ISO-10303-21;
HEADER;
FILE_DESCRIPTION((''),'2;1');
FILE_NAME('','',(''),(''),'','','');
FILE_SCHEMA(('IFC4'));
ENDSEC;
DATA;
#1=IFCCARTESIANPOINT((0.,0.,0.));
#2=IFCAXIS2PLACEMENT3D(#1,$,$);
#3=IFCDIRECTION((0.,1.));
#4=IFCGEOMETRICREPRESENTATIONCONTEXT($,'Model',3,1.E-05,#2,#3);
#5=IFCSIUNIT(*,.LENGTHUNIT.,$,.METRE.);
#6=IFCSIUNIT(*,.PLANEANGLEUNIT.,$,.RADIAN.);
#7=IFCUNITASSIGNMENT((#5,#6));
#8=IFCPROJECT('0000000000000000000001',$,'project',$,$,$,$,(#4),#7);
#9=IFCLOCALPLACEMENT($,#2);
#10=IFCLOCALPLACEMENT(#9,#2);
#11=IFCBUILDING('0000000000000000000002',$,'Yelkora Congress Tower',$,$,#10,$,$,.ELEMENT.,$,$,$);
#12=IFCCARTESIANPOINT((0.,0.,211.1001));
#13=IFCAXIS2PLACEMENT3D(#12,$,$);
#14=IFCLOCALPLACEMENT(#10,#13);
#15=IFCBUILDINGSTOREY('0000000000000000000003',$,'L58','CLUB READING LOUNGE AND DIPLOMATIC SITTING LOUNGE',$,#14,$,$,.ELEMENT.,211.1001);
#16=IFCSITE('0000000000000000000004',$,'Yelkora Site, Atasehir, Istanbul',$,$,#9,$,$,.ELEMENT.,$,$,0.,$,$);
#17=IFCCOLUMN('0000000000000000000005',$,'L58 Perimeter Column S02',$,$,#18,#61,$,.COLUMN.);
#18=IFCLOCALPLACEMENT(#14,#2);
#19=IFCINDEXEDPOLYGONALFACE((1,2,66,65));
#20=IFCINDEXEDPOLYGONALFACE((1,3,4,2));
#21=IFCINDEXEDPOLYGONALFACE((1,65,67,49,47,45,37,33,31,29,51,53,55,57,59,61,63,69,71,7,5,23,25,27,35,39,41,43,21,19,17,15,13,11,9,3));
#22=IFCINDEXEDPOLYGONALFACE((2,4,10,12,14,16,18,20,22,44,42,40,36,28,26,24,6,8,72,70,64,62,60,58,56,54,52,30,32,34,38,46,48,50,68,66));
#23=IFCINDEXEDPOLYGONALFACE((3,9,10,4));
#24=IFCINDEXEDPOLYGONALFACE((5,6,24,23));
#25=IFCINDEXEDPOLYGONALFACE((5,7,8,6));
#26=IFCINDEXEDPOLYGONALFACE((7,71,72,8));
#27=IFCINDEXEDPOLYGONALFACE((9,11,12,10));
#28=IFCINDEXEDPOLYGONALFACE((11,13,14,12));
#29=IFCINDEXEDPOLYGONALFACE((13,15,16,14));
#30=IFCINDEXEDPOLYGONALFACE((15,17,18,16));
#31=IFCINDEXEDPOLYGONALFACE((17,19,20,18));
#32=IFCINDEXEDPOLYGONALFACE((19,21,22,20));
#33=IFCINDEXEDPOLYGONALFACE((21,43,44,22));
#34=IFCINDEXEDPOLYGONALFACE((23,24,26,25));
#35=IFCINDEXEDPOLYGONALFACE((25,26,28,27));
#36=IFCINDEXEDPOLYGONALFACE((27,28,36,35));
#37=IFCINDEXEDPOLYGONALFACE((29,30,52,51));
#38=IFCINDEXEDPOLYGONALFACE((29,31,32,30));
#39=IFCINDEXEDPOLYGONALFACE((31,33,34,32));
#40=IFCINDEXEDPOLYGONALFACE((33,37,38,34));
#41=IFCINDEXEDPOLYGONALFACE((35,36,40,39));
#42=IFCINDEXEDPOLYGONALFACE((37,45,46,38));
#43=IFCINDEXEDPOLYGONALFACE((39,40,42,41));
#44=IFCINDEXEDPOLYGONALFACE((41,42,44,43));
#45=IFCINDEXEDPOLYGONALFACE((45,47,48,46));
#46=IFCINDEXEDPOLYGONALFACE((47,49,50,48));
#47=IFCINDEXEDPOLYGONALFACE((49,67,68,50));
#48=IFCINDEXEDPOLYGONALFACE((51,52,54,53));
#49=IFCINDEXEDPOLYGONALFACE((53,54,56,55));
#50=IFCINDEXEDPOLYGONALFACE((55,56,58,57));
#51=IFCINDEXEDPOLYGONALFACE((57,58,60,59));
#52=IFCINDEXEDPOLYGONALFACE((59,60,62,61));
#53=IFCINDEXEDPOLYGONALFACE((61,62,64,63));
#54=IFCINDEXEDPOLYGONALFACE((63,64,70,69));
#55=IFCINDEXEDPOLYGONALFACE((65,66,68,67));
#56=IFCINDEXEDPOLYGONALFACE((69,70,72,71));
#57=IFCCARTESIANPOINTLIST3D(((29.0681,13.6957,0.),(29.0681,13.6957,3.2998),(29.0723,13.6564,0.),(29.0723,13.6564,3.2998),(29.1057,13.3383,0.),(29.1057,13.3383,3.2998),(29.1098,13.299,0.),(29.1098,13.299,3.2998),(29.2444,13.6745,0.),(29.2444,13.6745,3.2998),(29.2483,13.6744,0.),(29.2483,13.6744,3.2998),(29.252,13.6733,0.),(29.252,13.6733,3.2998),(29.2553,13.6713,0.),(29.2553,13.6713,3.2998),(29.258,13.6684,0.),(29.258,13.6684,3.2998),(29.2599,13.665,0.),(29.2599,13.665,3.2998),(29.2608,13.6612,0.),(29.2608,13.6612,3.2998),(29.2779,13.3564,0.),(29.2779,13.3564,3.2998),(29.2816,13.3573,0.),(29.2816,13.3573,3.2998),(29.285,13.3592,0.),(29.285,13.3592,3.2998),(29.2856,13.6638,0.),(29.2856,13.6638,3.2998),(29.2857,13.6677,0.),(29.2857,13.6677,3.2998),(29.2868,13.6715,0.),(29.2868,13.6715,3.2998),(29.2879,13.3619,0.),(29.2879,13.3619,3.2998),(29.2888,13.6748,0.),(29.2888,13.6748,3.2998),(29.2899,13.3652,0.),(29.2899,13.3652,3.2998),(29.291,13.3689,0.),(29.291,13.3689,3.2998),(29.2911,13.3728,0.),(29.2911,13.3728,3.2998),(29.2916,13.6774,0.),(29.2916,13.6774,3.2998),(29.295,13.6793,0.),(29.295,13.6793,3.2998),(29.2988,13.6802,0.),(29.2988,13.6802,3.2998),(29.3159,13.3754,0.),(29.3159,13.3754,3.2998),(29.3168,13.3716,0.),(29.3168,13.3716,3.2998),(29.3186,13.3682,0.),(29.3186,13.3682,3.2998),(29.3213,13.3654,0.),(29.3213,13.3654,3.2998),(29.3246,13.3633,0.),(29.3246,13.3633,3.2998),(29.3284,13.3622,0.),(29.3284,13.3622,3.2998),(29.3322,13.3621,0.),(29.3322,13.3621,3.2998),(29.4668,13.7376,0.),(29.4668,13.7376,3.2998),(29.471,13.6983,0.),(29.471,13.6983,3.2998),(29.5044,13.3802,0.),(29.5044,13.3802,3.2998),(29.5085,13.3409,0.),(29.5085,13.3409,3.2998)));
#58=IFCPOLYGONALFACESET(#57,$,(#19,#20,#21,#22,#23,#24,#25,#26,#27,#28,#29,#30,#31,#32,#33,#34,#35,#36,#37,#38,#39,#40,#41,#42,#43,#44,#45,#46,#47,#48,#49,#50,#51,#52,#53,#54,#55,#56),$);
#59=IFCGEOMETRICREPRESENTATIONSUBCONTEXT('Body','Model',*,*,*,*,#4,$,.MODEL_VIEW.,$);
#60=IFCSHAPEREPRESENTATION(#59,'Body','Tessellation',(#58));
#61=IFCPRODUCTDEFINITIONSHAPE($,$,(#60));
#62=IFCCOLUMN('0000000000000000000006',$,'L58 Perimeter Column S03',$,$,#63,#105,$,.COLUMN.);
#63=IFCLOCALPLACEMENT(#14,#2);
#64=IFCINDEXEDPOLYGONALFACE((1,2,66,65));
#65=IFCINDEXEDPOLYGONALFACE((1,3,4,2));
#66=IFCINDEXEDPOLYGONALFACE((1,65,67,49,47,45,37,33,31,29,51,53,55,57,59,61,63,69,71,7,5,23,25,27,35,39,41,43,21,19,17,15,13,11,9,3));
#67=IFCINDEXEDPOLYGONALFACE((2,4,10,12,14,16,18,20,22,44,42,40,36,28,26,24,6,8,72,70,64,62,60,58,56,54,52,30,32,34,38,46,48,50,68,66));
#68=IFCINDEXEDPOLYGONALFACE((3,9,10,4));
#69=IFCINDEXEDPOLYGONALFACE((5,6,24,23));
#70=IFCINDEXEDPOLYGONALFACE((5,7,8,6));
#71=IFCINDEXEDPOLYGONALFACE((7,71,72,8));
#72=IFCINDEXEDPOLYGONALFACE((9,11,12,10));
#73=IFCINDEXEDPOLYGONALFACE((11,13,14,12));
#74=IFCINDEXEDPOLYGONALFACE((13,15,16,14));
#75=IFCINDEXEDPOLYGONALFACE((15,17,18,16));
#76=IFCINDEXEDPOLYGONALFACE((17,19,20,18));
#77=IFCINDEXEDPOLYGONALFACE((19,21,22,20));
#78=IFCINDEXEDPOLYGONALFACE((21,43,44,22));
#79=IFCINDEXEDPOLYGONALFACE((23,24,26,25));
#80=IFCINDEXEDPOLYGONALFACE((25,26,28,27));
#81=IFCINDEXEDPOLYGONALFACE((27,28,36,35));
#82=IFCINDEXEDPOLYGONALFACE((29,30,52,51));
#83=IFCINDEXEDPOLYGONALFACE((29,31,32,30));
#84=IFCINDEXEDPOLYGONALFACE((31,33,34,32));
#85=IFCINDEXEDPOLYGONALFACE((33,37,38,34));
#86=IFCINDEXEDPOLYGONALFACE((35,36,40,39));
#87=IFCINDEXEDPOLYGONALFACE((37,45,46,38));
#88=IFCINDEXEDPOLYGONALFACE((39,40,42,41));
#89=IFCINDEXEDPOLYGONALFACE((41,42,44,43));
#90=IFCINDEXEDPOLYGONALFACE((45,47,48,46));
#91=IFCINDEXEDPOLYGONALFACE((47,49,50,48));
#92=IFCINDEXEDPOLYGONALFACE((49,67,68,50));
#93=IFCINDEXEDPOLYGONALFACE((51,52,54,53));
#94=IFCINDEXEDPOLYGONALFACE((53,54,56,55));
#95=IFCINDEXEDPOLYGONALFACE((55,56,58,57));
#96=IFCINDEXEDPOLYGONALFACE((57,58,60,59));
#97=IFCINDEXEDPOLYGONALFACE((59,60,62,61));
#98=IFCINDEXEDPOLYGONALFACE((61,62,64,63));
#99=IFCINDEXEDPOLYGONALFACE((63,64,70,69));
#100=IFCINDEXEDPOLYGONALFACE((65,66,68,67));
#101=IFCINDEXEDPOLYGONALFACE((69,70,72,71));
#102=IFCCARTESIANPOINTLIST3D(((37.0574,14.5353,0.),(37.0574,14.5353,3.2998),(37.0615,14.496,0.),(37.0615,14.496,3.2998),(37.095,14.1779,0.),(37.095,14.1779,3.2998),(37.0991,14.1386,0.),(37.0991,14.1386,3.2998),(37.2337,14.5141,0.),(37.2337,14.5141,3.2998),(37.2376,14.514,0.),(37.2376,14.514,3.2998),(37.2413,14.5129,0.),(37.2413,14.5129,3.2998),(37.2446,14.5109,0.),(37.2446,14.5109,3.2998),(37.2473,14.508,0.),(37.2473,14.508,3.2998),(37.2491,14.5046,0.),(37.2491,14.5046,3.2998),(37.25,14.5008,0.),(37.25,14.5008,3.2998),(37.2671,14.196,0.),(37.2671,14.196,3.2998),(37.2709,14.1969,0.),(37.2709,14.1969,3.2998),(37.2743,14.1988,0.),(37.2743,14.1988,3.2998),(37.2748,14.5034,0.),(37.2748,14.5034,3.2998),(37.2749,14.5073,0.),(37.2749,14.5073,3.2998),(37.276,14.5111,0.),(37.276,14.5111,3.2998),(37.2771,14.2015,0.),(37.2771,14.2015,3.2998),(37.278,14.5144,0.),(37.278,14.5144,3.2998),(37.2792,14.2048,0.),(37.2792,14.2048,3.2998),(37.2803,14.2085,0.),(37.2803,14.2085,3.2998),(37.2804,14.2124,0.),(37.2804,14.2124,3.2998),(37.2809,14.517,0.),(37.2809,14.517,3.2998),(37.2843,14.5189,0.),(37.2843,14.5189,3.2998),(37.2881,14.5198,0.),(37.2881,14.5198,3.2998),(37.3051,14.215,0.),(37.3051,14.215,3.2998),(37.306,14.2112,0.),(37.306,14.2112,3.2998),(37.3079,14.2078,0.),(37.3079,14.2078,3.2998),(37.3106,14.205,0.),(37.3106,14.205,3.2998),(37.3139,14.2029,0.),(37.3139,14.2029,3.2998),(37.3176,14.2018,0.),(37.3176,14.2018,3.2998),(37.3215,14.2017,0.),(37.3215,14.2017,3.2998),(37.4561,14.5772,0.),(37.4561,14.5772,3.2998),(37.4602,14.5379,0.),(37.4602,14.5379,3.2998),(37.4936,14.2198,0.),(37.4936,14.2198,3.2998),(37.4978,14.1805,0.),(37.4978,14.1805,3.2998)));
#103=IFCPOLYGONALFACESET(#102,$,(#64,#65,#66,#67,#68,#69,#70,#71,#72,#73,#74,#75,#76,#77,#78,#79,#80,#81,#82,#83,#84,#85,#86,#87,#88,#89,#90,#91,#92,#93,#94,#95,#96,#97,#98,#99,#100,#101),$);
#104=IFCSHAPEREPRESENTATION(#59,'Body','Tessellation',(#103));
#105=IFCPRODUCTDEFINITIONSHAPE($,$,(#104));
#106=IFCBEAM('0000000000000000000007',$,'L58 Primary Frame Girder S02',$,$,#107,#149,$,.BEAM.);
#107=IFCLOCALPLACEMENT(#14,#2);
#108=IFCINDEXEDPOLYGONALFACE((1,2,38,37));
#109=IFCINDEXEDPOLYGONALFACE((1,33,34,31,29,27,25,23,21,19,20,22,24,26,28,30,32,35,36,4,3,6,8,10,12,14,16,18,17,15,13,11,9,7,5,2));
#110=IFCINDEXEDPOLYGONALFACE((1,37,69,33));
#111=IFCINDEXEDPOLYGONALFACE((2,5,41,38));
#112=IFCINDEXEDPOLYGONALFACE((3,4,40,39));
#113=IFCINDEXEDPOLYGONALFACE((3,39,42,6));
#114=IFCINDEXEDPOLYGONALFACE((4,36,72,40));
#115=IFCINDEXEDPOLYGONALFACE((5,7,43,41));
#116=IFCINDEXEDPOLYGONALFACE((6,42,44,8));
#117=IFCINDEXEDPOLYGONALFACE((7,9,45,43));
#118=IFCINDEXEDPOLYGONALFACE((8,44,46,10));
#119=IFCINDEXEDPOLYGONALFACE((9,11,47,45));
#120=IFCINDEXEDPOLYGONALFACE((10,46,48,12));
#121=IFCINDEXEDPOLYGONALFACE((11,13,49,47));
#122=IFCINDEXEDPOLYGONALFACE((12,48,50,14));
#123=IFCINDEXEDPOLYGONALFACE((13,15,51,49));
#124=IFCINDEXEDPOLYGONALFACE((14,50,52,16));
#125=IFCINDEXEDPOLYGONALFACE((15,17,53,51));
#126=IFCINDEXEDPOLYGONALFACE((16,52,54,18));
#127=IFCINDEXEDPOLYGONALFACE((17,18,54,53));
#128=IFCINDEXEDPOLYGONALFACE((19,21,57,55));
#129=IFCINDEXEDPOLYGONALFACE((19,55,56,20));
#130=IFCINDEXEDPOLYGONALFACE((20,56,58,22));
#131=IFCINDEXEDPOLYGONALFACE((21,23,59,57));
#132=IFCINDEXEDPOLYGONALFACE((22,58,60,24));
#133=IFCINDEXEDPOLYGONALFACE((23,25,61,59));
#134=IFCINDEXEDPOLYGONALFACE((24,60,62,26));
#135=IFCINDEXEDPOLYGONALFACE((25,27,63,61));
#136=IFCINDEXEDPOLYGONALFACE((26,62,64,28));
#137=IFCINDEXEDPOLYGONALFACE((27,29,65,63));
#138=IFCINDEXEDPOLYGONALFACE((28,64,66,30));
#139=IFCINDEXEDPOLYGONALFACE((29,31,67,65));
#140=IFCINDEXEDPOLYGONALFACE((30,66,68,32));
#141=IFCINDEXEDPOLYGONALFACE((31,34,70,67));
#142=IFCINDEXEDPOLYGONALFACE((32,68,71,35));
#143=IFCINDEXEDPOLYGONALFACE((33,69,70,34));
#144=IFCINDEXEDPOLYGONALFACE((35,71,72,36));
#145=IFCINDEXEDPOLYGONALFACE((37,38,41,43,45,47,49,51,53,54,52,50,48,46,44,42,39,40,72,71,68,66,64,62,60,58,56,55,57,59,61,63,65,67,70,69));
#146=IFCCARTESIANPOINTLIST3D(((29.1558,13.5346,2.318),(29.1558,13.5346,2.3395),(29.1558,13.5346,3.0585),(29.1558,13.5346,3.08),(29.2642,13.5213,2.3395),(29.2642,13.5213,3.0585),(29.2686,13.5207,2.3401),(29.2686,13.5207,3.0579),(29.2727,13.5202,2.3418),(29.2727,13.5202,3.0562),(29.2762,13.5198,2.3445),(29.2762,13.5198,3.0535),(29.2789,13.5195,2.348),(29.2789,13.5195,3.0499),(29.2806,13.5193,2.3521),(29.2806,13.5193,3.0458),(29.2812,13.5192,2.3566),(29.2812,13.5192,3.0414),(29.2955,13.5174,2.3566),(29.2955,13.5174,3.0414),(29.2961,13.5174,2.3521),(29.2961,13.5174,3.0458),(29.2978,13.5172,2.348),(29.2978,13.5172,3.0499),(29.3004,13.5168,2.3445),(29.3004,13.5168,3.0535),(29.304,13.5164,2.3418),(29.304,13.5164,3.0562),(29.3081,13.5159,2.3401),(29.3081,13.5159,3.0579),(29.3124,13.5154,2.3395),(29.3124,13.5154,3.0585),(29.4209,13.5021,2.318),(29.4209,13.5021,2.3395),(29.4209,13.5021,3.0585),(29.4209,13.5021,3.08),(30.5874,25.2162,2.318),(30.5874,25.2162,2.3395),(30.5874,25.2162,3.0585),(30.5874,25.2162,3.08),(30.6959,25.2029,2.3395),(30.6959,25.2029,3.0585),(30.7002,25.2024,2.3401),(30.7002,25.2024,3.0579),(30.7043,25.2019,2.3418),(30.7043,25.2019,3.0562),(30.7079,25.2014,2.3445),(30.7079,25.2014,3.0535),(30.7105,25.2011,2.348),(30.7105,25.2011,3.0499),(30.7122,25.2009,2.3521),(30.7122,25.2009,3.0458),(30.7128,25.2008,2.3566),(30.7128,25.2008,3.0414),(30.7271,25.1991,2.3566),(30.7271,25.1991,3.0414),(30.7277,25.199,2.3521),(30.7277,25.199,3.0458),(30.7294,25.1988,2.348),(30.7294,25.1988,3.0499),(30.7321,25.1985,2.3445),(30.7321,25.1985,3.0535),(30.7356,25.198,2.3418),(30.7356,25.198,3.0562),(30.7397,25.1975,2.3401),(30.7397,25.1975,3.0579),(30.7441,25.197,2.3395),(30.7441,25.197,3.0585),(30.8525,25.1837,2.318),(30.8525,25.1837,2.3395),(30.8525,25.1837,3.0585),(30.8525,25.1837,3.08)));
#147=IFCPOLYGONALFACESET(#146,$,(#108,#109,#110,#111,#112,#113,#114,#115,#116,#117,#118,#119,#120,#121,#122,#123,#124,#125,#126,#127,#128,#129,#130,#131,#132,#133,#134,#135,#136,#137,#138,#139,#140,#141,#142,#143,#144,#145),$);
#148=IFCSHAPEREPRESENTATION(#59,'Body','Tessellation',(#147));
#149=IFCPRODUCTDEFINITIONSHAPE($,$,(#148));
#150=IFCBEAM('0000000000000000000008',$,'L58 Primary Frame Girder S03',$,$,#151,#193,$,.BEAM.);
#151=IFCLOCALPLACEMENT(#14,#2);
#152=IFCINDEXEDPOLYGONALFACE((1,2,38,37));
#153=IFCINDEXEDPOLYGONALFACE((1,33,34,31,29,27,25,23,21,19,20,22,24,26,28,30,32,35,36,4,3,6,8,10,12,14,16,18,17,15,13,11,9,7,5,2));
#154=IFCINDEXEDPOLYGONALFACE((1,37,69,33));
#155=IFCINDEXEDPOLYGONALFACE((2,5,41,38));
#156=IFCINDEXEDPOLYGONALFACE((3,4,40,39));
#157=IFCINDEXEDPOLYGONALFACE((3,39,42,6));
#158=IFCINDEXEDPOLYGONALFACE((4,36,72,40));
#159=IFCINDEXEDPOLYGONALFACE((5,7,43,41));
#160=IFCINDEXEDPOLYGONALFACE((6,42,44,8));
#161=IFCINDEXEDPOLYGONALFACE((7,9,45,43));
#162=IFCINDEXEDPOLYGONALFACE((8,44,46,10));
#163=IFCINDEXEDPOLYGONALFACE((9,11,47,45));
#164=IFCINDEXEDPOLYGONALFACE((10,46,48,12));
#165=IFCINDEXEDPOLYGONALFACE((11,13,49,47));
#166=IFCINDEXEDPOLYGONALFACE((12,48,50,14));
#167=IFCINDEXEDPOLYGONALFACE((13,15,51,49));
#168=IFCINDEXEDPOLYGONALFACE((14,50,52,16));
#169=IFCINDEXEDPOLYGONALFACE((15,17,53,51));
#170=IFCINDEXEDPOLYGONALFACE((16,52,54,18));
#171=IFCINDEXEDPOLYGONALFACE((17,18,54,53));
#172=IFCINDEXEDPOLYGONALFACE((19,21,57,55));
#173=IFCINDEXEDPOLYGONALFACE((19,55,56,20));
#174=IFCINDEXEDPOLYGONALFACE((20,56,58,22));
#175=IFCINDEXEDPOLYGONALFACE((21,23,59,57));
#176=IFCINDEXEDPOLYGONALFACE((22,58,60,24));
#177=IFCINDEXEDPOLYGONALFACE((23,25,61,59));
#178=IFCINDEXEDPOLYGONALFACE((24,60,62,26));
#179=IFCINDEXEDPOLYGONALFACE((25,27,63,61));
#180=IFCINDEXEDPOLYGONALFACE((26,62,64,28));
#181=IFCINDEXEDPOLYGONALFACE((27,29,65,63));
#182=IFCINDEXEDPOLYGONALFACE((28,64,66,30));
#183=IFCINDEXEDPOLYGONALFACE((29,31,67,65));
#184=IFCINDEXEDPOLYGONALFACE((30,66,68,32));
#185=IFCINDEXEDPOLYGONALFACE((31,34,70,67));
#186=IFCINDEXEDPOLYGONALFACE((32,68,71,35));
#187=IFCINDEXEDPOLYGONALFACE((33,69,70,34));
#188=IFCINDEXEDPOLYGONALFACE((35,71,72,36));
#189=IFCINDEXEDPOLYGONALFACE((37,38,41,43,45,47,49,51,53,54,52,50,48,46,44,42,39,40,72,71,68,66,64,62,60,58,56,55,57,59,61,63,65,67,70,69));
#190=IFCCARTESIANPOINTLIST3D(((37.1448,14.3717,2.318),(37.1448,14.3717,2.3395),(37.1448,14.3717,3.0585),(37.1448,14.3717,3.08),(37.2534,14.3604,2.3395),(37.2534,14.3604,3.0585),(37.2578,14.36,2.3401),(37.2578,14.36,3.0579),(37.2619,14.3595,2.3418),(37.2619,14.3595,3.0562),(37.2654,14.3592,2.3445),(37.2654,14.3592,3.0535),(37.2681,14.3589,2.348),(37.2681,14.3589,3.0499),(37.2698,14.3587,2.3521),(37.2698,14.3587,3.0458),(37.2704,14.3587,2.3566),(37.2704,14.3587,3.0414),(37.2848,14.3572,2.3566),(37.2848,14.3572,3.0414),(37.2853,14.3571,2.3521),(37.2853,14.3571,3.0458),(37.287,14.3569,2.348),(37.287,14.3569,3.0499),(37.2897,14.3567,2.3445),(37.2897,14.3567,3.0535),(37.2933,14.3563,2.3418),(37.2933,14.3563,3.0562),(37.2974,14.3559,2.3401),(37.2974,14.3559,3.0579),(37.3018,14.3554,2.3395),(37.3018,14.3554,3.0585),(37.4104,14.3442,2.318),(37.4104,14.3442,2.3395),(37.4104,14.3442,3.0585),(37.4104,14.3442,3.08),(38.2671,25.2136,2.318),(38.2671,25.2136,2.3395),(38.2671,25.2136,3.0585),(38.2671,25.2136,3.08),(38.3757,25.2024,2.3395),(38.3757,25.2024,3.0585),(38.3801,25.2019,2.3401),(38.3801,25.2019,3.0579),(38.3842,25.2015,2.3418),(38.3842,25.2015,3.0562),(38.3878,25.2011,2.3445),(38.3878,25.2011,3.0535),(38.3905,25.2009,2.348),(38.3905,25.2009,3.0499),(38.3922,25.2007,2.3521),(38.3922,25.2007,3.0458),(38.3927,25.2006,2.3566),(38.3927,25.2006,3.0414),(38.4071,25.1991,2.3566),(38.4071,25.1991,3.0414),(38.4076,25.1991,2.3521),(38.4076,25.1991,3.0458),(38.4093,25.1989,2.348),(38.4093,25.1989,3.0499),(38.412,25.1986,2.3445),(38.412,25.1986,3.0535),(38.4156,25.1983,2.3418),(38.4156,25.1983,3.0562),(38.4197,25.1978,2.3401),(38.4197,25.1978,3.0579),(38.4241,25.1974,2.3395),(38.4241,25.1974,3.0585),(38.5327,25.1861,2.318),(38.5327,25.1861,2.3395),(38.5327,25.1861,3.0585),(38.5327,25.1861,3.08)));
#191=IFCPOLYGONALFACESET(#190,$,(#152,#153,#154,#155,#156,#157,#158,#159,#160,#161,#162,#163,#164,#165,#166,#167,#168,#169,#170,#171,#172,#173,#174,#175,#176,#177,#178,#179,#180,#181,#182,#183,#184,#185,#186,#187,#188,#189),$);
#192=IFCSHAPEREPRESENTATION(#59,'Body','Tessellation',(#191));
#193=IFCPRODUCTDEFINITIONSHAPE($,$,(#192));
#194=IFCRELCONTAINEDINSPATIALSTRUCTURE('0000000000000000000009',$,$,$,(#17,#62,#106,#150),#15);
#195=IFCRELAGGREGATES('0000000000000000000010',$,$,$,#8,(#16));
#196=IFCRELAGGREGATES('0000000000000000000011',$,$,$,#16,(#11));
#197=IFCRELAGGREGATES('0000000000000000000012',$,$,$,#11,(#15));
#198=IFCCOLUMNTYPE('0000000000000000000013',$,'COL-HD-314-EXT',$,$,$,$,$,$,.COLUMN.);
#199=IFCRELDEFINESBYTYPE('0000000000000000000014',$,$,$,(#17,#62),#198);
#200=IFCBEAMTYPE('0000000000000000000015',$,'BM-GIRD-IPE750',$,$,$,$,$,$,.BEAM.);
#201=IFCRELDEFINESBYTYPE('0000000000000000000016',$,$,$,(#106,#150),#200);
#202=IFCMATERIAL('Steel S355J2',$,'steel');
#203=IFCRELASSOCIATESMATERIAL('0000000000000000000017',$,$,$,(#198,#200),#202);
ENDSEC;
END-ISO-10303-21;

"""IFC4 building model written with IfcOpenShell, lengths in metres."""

from ifc_helpers import new_model, si_unit, direction, frame, origin, origin_2d, place, context, subcontext, project, spatial, i_section, extrude, material, material_profile, profile_set, type_object, element, save


model = new_model("IFC4")

# Units and contexts
model_context = context("Model", 3, precision=1e-05, world=origin(), true_north=direction((0.0, 1.0)))
body_context = subcontext(model_context, "Body", "Model", "MODEL_VIEW")
ifc_project = project(units=[si_unit("LENGTHUNIT", "METRE"), si_unit("PLANEANGLEUNIT", "RADIAN")], contexts=[model_context])

# Site, building, storey
site_placement = place(None, origin())
site = spatial("IfcSite", under=ifc_project, at=site_placement, Name="Yelkora Site, Atasehir, Istanbul", CompositionType="ELEMENT", RefElevation=0.0)
building_placement = place(site_placement, origin())
building = spatial("IfcBuilding", under=site, at=building_placement, Name="Yelkora Congress Tower", CompositionType="ELEMENT")
storey_placement = place(building_placement, frame((0.0, 0.0, 211.1001)))
storey = spatial("IfcBuildingStorey", under=building, at=storey_placement, Name="L58", Description="CLUB READING LOUNGE AND DIPLOMATIC SITTING LOUNGE", CompositionType="ELEMENT", Elevation=211.1001)

# Columns
ifc_material_1 = material(Name="Steel S355J2", Category="steel")
ifc_material_profile_1 = material_profile(ifc_material_1, i_section(OverallWidth=0.4009, OverallDepth=0.3989, WebThickness=0.0249, FlangeThickness=0.0396, FilletRadius=0.0149, at=origin_2d()), Name="HD 400x314")
ifc_profile_set_1 = profile_set([ifc_material_profile_1], Name="Steel S355J2")
column_type = type_object("IfcColumnType", Name="COL-HD-314-EXT", PredefinedType="COLUMN", material=ifc_profile_set_1)
for number, where, z_axis, x_axis, name in (
    (1, (29.2883, 13.5183, 0.0), (0.0, 0.0, 1.0), (0.994522, 0.104528, 0.0), "L58 Perimeter Column S02"),
    (2, (37.2776, 14.3579, 0.0), (0.0, 0.0, 1.0), (0.994522, 0.104528, 0.0), "L58 Perimeter Column S03"),
):
    element("IfcColumn", number, at=place(storey_placement, frame(where, z_axis=z_axis, x_axis=x_axis)), inside=storey, type_object=column_type, Name=name, PredefinedType="COLUMN", context=body_context, shape_type="SweptSolid", body=[
        extrude(i_section(OverallWidth=0.4009, OverallDepth=0.3989, WebThickness=0.0249, FlangeThickness=0.0396, FilletRadius=0.0149, at=origin_2d()), origin(), (0.0, 0.0, 1.0), 3.2998),
    ])

# Beams
ifc_material_profile_2 = material_profile(ifc_material_1, i_section(OverallWidth=0.2671, OverallDepth=0.762, WebThickness=0.0144, FlangeThickness=0.0215, FilletRadius=0.0171, at=origin_2d()), Name="IPE 750x173")
ifc_profile_set_2 = profile_set([ifc_material_profile_2], Name="Steel S355J2")
beam_type_1 = type_object("IfcBeamType", Name="BM-GIRD-IPE750", PredefinedType="BEAM", material=ifc_profile_set_2)
beam_1_placement = place(storey_placement, frame((29.2883, 13.5183, 2.699), z_axis=(0.121645, 0.992574, 0.0), x_axis=(-0.992574, 0.121645, 0.0)))
element("IfcBeam", 3, at=beam_1_placement, inside=storey, type_object=beam_type_1, Name="L58 Primary Frame Girder S02", PredefinedType="BEAM", context=body_context, shape_type="SweptSolid", body=[
    extrude(i_section(OverallWidth=0.2671, OverallDepth=0.762, WebThickness=0.0144, FlangeThickness=0.0215, FilletRadius=0.0171, at=origin_2d()), origin(), (0.0, 0.0, 1.0), 11.769),
])
beam_2_placement = place(storey_placement, frame((37.2776, 14.3579, 2.699), z_axis=(0.102965, 0.994685, 0.0), x_axis=(-0.994685, 0.102965, 0.0)))
element("IfcBeam", 4, at=beam_2_placement, inside=storey, type_object=beam_type_1, Name="L58 Primary Frame Girder S03", PredefinedType="BEAM", context=body_context, shape_type="SweptSolid", body=[
    extrude(i_section(OverallWidth=0.2671, OverallDepth=0.762, WebThickness=0.0144, FlangeThickness=0.0215, FilletRadius=0.0171, at=origin_2d()), origin(), (0.0, 0.0, 1.0), 10.8999),
])

save(model, "model.ifc")
